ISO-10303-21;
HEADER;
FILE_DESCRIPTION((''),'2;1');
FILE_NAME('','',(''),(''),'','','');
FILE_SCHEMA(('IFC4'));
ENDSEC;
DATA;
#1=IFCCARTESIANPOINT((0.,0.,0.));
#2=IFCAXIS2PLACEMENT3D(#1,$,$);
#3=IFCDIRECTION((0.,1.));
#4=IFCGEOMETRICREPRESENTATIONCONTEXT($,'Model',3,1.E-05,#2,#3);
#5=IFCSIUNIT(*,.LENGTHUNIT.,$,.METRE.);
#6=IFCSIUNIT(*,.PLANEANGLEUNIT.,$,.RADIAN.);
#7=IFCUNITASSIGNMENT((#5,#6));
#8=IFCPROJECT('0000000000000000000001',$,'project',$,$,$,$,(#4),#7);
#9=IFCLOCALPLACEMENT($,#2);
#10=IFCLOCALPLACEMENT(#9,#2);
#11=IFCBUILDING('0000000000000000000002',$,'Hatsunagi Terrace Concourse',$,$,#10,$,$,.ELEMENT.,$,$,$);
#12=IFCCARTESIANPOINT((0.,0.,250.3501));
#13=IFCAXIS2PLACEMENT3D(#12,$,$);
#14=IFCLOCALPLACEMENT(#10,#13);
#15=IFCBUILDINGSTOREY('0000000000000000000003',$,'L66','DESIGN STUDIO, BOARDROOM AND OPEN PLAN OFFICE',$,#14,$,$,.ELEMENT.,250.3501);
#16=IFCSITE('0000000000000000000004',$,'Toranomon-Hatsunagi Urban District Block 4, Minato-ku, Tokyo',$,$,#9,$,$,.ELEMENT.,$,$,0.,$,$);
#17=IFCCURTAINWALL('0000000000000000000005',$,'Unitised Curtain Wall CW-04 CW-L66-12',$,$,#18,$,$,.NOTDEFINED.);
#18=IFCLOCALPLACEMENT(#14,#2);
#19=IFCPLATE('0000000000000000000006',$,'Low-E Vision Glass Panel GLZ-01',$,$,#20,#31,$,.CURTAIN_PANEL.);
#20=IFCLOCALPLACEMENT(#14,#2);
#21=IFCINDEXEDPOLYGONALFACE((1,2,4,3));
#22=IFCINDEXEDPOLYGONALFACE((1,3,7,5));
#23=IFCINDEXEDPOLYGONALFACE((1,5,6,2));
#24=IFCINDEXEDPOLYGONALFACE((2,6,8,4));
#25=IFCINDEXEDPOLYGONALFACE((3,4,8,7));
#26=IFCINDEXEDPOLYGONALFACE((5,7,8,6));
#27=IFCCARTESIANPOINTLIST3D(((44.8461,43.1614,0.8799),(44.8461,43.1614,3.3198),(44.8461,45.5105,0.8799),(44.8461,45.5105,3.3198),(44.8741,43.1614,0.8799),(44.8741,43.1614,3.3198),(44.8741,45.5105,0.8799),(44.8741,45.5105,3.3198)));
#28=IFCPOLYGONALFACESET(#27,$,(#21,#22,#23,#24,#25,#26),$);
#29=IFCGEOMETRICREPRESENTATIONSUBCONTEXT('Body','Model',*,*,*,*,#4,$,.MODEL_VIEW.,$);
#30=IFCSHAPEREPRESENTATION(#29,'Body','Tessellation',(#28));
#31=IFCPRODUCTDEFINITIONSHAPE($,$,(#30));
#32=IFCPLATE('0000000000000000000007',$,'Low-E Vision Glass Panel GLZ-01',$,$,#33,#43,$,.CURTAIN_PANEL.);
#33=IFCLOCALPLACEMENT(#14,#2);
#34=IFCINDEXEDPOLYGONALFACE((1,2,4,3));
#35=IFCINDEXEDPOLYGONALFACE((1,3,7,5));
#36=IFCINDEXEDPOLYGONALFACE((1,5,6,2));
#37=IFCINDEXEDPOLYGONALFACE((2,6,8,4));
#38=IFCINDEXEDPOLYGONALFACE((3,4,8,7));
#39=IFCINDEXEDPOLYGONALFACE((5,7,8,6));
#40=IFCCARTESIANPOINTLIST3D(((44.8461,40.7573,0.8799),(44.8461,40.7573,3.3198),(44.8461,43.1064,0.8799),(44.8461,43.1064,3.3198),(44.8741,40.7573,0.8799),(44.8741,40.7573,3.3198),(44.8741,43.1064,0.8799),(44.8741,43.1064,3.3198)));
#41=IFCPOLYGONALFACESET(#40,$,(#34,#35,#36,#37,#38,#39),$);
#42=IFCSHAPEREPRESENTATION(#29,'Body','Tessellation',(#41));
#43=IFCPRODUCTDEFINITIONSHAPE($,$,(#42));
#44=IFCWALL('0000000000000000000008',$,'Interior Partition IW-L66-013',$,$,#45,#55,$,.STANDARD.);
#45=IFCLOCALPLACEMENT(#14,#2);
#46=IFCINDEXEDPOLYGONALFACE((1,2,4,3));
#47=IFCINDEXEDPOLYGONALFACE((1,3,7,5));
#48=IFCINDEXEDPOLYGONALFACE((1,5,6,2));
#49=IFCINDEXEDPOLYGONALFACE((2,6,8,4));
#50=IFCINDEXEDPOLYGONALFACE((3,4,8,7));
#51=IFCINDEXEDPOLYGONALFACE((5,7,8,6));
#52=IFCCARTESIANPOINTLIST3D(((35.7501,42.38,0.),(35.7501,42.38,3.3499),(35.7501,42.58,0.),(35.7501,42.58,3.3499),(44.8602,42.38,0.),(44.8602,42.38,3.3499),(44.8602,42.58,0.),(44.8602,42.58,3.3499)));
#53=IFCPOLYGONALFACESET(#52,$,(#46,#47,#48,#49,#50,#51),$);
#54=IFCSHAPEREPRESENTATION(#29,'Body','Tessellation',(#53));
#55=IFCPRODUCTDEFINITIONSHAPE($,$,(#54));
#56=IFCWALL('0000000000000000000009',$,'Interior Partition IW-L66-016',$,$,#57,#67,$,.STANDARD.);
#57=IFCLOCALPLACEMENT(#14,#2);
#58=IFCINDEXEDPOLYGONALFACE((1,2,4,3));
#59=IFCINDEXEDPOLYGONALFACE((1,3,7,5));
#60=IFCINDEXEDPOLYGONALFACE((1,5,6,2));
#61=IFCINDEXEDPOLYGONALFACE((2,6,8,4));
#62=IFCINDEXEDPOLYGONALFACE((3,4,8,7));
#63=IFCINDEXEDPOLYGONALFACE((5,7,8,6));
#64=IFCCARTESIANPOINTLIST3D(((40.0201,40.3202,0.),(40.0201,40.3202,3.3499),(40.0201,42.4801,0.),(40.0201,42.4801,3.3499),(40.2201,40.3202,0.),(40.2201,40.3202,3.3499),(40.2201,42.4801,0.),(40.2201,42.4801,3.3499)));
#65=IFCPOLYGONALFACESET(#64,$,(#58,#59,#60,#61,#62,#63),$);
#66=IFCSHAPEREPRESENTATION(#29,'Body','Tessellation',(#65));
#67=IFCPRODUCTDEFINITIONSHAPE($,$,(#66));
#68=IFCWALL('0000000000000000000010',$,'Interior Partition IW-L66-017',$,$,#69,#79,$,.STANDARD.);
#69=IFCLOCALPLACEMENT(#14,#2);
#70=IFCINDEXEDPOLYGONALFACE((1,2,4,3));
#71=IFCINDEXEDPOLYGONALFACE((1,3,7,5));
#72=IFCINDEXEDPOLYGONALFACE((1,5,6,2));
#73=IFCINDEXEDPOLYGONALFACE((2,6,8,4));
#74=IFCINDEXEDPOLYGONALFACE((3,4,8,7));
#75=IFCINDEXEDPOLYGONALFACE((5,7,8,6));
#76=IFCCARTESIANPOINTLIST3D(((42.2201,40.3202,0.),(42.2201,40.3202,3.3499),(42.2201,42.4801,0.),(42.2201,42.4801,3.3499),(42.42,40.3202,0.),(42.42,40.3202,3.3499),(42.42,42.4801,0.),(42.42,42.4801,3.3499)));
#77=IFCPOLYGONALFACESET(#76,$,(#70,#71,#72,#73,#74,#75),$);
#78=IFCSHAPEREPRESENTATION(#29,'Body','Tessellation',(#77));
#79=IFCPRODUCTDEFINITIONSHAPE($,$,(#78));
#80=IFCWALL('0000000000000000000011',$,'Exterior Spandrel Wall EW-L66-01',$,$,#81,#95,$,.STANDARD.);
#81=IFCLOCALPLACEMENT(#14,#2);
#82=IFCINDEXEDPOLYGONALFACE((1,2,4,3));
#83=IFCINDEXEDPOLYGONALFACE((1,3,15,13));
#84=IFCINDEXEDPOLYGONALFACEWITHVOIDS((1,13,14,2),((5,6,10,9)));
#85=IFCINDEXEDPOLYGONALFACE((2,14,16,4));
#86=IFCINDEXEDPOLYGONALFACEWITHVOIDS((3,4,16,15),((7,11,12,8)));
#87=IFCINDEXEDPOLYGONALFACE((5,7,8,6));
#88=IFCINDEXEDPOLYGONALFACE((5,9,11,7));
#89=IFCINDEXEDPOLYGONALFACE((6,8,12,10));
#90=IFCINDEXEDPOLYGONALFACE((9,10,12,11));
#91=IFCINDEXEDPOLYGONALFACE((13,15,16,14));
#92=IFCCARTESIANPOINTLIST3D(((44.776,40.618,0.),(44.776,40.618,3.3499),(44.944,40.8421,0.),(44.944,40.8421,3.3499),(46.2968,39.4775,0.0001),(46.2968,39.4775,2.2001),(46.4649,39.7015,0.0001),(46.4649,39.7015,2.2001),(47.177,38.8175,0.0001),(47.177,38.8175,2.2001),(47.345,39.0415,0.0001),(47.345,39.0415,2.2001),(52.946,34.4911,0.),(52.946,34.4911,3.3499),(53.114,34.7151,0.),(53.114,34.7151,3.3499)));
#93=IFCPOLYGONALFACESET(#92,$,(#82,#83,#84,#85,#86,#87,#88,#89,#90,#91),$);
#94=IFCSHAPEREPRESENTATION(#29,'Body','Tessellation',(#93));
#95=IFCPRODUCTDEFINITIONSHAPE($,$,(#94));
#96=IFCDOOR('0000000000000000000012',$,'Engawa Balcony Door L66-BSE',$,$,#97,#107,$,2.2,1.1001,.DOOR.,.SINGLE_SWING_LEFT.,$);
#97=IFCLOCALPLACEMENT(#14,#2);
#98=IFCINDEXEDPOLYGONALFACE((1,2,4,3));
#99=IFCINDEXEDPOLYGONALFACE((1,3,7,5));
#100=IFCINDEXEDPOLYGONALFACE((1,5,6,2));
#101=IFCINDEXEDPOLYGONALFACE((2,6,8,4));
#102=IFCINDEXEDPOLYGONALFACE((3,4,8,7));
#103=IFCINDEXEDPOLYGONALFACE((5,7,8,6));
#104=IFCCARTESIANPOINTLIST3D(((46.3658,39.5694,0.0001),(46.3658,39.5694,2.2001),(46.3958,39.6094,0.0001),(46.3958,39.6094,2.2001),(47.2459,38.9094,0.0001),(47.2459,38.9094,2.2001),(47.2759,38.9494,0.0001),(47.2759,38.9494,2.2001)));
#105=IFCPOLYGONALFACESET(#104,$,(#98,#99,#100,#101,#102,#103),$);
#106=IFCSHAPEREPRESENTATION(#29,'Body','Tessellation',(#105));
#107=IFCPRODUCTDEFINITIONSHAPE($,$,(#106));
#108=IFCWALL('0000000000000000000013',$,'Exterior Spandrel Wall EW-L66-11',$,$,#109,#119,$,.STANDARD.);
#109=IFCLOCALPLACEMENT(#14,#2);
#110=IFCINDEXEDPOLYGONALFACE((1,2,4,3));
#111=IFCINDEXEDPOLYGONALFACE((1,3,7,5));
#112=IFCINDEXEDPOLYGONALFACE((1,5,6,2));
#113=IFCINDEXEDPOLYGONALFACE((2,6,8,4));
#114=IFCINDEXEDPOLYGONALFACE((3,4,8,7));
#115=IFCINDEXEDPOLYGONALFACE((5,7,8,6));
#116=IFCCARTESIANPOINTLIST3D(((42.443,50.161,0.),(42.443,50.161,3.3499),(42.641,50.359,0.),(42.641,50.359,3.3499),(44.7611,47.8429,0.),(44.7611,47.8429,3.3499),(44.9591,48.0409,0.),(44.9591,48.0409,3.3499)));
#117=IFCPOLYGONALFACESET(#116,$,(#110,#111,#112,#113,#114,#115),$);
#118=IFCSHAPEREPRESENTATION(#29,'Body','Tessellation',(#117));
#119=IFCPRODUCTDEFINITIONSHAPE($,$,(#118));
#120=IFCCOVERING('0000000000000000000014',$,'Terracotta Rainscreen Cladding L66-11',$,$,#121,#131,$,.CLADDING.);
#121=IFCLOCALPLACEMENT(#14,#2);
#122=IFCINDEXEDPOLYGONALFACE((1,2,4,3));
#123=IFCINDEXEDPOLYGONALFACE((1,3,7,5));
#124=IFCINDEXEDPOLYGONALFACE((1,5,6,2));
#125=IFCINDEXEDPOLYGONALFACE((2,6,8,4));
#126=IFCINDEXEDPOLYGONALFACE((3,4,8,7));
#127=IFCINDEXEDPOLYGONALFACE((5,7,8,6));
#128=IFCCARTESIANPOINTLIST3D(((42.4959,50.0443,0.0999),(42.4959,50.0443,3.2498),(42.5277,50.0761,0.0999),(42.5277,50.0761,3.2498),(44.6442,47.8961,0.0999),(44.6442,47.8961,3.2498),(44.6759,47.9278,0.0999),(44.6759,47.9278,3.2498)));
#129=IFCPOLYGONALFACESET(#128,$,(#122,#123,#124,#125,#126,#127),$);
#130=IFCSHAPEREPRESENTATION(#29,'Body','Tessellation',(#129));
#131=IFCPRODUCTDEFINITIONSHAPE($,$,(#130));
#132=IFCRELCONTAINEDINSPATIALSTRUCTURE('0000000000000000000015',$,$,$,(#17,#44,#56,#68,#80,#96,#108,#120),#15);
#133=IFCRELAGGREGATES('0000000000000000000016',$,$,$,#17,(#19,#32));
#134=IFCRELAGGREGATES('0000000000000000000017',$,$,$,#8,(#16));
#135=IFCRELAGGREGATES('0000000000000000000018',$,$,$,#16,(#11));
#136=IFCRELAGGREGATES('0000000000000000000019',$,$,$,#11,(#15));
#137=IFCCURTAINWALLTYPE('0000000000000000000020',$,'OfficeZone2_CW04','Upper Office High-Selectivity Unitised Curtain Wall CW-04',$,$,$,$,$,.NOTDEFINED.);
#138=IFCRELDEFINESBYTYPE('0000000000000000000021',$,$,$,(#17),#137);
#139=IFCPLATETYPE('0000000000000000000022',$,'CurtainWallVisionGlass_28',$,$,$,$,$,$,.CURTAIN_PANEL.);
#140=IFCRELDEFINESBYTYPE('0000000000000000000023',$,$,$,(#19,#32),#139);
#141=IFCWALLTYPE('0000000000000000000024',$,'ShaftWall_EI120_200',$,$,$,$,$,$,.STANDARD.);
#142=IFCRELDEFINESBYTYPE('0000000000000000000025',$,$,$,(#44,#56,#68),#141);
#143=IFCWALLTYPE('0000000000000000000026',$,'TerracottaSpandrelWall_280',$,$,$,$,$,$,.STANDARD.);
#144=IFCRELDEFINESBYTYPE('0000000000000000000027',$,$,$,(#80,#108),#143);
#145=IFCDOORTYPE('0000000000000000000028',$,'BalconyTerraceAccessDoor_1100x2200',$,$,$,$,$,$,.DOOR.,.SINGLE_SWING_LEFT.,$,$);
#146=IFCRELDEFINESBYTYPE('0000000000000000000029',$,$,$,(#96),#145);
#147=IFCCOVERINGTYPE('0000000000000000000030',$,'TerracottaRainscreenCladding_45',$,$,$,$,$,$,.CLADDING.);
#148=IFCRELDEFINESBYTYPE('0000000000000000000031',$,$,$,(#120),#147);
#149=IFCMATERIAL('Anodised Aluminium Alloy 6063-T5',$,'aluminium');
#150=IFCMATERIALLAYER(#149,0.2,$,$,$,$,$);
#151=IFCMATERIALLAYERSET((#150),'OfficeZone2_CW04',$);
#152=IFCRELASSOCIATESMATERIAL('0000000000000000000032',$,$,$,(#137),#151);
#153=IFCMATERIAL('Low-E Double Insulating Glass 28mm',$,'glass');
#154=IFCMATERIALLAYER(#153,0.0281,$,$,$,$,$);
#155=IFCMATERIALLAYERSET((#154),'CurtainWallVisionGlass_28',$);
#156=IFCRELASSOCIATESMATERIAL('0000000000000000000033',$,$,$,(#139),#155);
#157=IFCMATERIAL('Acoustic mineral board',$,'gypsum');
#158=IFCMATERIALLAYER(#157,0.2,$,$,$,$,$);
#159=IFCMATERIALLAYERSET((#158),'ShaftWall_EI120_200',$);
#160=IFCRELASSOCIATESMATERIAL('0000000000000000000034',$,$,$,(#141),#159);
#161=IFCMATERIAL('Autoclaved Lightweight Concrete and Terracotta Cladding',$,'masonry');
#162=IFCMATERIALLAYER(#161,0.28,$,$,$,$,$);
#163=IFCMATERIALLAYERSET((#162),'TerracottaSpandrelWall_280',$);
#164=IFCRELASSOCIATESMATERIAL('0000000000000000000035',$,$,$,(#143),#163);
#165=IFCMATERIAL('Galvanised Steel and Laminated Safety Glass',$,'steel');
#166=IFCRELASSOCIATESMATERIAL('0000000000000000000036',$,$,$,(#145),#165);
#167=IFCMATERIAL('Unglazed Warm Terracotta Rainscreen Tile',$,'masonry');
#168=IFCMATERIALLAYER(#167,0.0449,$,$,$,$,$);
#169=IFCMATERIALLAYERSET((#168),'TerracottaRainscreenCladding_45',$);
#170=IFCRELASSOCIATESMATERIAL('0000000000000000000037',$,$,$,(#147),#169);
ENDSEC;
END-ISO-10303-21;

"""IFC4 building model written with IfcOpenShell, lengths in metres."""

from ifc_helpers import new_model, si_unit, direction, frame, frame_2d, origin, origin_2d, place, context, subcontext, project, spatial, rectangle, extrude, material, layer, layer_set, type_object, element, fill, aggregate, save


model = new_model("IFC4")

# Units and contexts
model_context = context("Model", 3, precision=1e-05, world=origin(), true_north=direction((0.0, 1.0)))
body_context = subcontext(model_context, "Body", "Model", "MODEL_VIEW")
ifc_project = project(units=[si_unit("LENGTHUNIT", "METRE"), si_unit("PLANEANGLEUNIT", "RADIAN")], contexts=[model_context])

# Site, building, storey
site_placement = place(None, origin())
site = spatial("IfcSite", under=ifc_project, at=site_placement, Name="Toranomon-Hatsunagi Urban District Block 4, Minato-ku, Tokyo", CompositionType="ELEMENT", RefElevation=0.0)
building_placement = place(site_placement, origin())
building = spatial("IfcBuilding", under=site, at=building_placement, Name="Hatsunagi Terrace Concourse", CompositionType="ELEMENT")
storey_placement = place(building_placement, frame((0.0, 0.0, 250.3501)))
storey = spatial("IfcBuildingStorey", under=building, at=storey_placement, Name="L66", Description="DESIGN STUDIO, BOARDROOM AND OPEN PLAN OFFICE", CompositionType="ELEMENT", Elevation=250.3501)

# Curtain wall
ifc_material_1 = material(Name="Anodised Aluminium Alloy 6063-T5", Category="aluminium")
ifc_layer_1 = layer(ifc_material_1, 0.2)
ifc_layer_set_1 = layer_set([ifc_layer_1], Name="OfficeZone2_CW04")
curtain_wall_type = type_object("IfcCurtainWallType", Name="OfficeZone2_CW04", Description="Upper Office High-Selectivity Unitised Curtain Wall CW-04", PredefinedType="NOTDEFINED", material=ifc_layer_set_1)
curtain_wall_placement = place(storey_placement, origin())
curtain_wall = element("IfcCurtainWall", 1, at=curtain_wall_placement, inside=storey, type_object=curtain_wall_type, Name="Unitised Curtain Wall CW-04 CW-L66-12", PredefinedType="NOTDEFINED")

# Plates
ifc_material_2 = material(Name="Low-E Double Insulating Glass 28mm", Category="glass")
ifc_layer_2 = layer(ifc_material_2, 0.0281)
ifc_layer_set_2 = layer_set([ifc_layer_2], Name="CurtainWallVisionGlass_28")
plate_type_1 = type_object("IfcPlateType", Name="CurtainWallVisionGlass_28", PredefinedType="CURTAIN_PANEL", material=ifc_layer_set_2)
plate_1_placement = place(storey_placement, frame((44.8601, 44.3359, 0.8799), z_axis=(0.0, 0.0, 1.0), x_axis=(0.0, -1.0, 0.0)))
plate_1 = element("IfcPlate", 2, at=plate_1_placement, type_object=plate_type_1, Name="Low-E Vision Glass Panel GLZ-01", PredefinedType="CURTAIN_PANEL", context=body_context, shape_type="SweptSolid", body=[
    extrude(rectangle(XDim=2.3491, YDim=0.0281, at=origin_2d()), origin(), (0.0, 0.0, 1.0), 2.4399),
])
plate_2_placement = place(storey_placement, frame((44.8601, 41.9319, 0.8799), z_axis=(0.0, 0.0, 1.0), x_axis=(0.0, -1.0, 0.0)))
plate_2 = element("IfcPlate", 3, at=plate_2_placement, type_object=plate_type_1, Name="Low-E Vision Glass Panel GLZ-01", PredefinedType="CURTAIN_PANEL", context=body_context, shape_type="SweptSolid", body=[
    extrude(rectangle(XDim=2.3491, YDim=0.0281, at=origin_2d()), origin(), (0.0, 0.0, 1.0), 2.4399),
])
aggregate(curtain_wall, [plate_1, plate_2])

# Walls
ifc_material_3 = material(Name="Acoustic mineral board", Category="gypsum")
ifc_layer_3 = layer(ifc_material_3, 0.2)
ifc_layer_set_3 = layer_set([ifc_layer_3], Name="ShaftWall_EI120_200")
wall_type_1 = type_object("IfcWallType", Name="ShaftWall_EI120_200", PredefinedType="STANDARD", material=ifc_layer_set_3)
wall_1_placement = place(storey_placement, frame((35.75, 42.48, 0.0), z_axis=(0.0, 0.0, 1.0), x_axis=(1.0, 0.0, 0.0)))
element("IfcWall", 4, at=wall_1_placement, inside=storey, type_object=wall_type_1, Name="Interior Partition IW-L66-013", PredefinedType="STANDARD", context=body_context, shape_type="SweptSolid", body=[
    extrude(rectangle(XDim=9.1101, YDim=0.2, at=frame_2d((4.5552, 0.0))), origin(), (0.0, 0.0, 1.0), 3.3499),
])
for number, where, z_axis, x_axis, name in (
    (5, (40.1201, 40.3201, 0.0), (0.0, 0.0, 1.0), (0.0, 1.0, 0.0), "Interior Partition IW-L66-016"),
    (6, (42.3201, 40.3201, 0.0), (0.0, 0.0, 1.0), (0.0, 1.0, 0.0), "Interior Partition IW-L66-017"),
):
    element("IfcWall", number, at=place(storey_placement, frame(where, z_axis=z_axis, x_axis=x_axis)), inside=storey, type_object=wall_type_1, Name=name, PredefinedType="STANDARD", context=body_context, shape_type="SweptSolid", body=[
        extrude(rectangle(XDim=2.1599, YDim=0.2, at=frame_2d((1.0801, 0.0))), origin(), (0.0, 0.0, 1.0), 3.3499),
    ])

# Wall, opening, door
ifc_material_4 = material(Name="Autoclaved Lightweight Concrete and Terracotta Cladding", Category="masonry")
ifc_layer_4 = layer(ifc_material_4, 0.28)
ifc_layer_set_4 = layer_set([ifc_layer_4], Name="TerracottaSpandrelWall_280")
wall_type_2 = type_object("IfcWallType", Name="TerracottaSpandrelWall_280", PredefinedType="STANDARD", material=ifc_layer_set_4)
wall_2_placement = place(storey_placement, frame((44.8601, 40.73, 0.0), z_axis=(0.0, 0.0, 1.0), x_axis=(0.800023, -0.599969, 0.0)))
wall_2 = element("IfcWall", 7, at=wall_2_placement, inside=storey, type_object=wall_type_2, Name="Exterior Spandrel Wall EW-L66-01", PredefinedType="STANDARD", context=body_context, shape_type="SweptSolid", body=[
    extrude(rectangle(XDim=10.2122, YDim=0.28, at=frame_2d((5.106, 0.0))), origin(), (0.0, 0.0, 1.0), 3.3499),
])
opening_placement = place(wall_2_placement, frame((1.9009, 0.0, 0.0)))
opening = element("IfcOpeningElement", 8, at=opening_placement, cuts=wall_2, PredefinedType="OPENING", context=body_context, shape_type="SweptSolid", body=[
    extrude(rectangle(XDim=1.1001, YDim=2.2, at=frame_2d((0.55, 1.1001))), frame((0.0, 0.1499, 0.0), z_axis=(0.0, -1.0, 0.0), x_axis=(1.0, 0.0, 0.0)), (0.0, 0.0, 1.0), 0.3),
])
ifc_material_5 = material(Name="Galvanised Steel and Laminated Safety Glass", Category="steel")
door_type = type_object("IfcDoorType", Name="BalconyTerraceAccessDoor_1100x2200", OperationType="SINGLE_SWING_LEFT", PredefinedType="DOOR", material=ifc_material_5)
door_placement = place(opening_placement, origin())
door = element("IfcDoor", 9, at=door_placement, inside=storey, type_object=door_type, Name="Engawa Balcony Door L66-BSE", OperationType="SINGLE_SWING_LEFT", OverallHeight=2.2, OverallWidth=1.1001, PredefinedType="DOOR", context=body_context, shape_type="SweptSolid", body=[
    extrude(rectangle(XDim=1.1001, YDim=2.2, at=frame_2d((0.55, 1.1001))), frame((0.0, 0.0249, 0.0), z_axis=(0.0, -1.0, 0.0), x_axis=(1.0, 0.0, 0.0)), (0.0, 0.0, 1.0), 0.05),
])
fill(opening, door)

# Wall
wall_3_placement = place(storey_placement, frame((42.542, 50.26, 0.0), z_axis=(0.0, 0.0, 1.0), x_axis=(0.707107, -0.707107, 0.0)))
element("IfcWall", 10, at=wall_3_placement, inside=storey, type_object=wall_type_2, Name="Exterior Spandrel Wall EW-L66-11", PredefinedType="STANDARD", context=body_context, shape_type="SweptSolid", body=[
    extrude(rectangle(XDim=3.2783, YDim=0.28, at=frame_2d((1.6392, 0.0))), origin(), (0.0, 0.0, 1.0), 3.3499),
])

# Covering
ifc_material_6 = material(Name="Unglazed Warm Terracotta Rainscreen Tile", Category="masonry")
ifc_layer_5 = layer(ifc_material_6, 0.0449)
ifc_layer_set_5 = layer_set([ifc_layer_5], Name="TerracottaRainscreenCladding_45")
covering_type = type_object("IfcCoveringType", Name="TerracottaRainscreenCladding_45", PredefinedType="CLADDING", material=ifc_layer_set_5)
covering_placement = place(storey_placement, frame((43.5859, 48.9861, 0.0999), z_axis=(0.0, 0.0, 1.0), x_axis=(0.707107, -0.707107, 0.0)))
element("IfcCovering", 11, at=covering_placement, inside=storey, type_object=covering_type, Name="Terracotta Rainscreen Cladding L66-11", PredefinedType="CLADDING", context=body_context, shape_type="SweptSolid", body=[
    extrude(rectangle(XDim=3.0381, YDim=0.0449, at=origin_2d()), origin(), (0.0, 0.0, 1.0), 3.1499),
])

save(model, "model.ifc")
